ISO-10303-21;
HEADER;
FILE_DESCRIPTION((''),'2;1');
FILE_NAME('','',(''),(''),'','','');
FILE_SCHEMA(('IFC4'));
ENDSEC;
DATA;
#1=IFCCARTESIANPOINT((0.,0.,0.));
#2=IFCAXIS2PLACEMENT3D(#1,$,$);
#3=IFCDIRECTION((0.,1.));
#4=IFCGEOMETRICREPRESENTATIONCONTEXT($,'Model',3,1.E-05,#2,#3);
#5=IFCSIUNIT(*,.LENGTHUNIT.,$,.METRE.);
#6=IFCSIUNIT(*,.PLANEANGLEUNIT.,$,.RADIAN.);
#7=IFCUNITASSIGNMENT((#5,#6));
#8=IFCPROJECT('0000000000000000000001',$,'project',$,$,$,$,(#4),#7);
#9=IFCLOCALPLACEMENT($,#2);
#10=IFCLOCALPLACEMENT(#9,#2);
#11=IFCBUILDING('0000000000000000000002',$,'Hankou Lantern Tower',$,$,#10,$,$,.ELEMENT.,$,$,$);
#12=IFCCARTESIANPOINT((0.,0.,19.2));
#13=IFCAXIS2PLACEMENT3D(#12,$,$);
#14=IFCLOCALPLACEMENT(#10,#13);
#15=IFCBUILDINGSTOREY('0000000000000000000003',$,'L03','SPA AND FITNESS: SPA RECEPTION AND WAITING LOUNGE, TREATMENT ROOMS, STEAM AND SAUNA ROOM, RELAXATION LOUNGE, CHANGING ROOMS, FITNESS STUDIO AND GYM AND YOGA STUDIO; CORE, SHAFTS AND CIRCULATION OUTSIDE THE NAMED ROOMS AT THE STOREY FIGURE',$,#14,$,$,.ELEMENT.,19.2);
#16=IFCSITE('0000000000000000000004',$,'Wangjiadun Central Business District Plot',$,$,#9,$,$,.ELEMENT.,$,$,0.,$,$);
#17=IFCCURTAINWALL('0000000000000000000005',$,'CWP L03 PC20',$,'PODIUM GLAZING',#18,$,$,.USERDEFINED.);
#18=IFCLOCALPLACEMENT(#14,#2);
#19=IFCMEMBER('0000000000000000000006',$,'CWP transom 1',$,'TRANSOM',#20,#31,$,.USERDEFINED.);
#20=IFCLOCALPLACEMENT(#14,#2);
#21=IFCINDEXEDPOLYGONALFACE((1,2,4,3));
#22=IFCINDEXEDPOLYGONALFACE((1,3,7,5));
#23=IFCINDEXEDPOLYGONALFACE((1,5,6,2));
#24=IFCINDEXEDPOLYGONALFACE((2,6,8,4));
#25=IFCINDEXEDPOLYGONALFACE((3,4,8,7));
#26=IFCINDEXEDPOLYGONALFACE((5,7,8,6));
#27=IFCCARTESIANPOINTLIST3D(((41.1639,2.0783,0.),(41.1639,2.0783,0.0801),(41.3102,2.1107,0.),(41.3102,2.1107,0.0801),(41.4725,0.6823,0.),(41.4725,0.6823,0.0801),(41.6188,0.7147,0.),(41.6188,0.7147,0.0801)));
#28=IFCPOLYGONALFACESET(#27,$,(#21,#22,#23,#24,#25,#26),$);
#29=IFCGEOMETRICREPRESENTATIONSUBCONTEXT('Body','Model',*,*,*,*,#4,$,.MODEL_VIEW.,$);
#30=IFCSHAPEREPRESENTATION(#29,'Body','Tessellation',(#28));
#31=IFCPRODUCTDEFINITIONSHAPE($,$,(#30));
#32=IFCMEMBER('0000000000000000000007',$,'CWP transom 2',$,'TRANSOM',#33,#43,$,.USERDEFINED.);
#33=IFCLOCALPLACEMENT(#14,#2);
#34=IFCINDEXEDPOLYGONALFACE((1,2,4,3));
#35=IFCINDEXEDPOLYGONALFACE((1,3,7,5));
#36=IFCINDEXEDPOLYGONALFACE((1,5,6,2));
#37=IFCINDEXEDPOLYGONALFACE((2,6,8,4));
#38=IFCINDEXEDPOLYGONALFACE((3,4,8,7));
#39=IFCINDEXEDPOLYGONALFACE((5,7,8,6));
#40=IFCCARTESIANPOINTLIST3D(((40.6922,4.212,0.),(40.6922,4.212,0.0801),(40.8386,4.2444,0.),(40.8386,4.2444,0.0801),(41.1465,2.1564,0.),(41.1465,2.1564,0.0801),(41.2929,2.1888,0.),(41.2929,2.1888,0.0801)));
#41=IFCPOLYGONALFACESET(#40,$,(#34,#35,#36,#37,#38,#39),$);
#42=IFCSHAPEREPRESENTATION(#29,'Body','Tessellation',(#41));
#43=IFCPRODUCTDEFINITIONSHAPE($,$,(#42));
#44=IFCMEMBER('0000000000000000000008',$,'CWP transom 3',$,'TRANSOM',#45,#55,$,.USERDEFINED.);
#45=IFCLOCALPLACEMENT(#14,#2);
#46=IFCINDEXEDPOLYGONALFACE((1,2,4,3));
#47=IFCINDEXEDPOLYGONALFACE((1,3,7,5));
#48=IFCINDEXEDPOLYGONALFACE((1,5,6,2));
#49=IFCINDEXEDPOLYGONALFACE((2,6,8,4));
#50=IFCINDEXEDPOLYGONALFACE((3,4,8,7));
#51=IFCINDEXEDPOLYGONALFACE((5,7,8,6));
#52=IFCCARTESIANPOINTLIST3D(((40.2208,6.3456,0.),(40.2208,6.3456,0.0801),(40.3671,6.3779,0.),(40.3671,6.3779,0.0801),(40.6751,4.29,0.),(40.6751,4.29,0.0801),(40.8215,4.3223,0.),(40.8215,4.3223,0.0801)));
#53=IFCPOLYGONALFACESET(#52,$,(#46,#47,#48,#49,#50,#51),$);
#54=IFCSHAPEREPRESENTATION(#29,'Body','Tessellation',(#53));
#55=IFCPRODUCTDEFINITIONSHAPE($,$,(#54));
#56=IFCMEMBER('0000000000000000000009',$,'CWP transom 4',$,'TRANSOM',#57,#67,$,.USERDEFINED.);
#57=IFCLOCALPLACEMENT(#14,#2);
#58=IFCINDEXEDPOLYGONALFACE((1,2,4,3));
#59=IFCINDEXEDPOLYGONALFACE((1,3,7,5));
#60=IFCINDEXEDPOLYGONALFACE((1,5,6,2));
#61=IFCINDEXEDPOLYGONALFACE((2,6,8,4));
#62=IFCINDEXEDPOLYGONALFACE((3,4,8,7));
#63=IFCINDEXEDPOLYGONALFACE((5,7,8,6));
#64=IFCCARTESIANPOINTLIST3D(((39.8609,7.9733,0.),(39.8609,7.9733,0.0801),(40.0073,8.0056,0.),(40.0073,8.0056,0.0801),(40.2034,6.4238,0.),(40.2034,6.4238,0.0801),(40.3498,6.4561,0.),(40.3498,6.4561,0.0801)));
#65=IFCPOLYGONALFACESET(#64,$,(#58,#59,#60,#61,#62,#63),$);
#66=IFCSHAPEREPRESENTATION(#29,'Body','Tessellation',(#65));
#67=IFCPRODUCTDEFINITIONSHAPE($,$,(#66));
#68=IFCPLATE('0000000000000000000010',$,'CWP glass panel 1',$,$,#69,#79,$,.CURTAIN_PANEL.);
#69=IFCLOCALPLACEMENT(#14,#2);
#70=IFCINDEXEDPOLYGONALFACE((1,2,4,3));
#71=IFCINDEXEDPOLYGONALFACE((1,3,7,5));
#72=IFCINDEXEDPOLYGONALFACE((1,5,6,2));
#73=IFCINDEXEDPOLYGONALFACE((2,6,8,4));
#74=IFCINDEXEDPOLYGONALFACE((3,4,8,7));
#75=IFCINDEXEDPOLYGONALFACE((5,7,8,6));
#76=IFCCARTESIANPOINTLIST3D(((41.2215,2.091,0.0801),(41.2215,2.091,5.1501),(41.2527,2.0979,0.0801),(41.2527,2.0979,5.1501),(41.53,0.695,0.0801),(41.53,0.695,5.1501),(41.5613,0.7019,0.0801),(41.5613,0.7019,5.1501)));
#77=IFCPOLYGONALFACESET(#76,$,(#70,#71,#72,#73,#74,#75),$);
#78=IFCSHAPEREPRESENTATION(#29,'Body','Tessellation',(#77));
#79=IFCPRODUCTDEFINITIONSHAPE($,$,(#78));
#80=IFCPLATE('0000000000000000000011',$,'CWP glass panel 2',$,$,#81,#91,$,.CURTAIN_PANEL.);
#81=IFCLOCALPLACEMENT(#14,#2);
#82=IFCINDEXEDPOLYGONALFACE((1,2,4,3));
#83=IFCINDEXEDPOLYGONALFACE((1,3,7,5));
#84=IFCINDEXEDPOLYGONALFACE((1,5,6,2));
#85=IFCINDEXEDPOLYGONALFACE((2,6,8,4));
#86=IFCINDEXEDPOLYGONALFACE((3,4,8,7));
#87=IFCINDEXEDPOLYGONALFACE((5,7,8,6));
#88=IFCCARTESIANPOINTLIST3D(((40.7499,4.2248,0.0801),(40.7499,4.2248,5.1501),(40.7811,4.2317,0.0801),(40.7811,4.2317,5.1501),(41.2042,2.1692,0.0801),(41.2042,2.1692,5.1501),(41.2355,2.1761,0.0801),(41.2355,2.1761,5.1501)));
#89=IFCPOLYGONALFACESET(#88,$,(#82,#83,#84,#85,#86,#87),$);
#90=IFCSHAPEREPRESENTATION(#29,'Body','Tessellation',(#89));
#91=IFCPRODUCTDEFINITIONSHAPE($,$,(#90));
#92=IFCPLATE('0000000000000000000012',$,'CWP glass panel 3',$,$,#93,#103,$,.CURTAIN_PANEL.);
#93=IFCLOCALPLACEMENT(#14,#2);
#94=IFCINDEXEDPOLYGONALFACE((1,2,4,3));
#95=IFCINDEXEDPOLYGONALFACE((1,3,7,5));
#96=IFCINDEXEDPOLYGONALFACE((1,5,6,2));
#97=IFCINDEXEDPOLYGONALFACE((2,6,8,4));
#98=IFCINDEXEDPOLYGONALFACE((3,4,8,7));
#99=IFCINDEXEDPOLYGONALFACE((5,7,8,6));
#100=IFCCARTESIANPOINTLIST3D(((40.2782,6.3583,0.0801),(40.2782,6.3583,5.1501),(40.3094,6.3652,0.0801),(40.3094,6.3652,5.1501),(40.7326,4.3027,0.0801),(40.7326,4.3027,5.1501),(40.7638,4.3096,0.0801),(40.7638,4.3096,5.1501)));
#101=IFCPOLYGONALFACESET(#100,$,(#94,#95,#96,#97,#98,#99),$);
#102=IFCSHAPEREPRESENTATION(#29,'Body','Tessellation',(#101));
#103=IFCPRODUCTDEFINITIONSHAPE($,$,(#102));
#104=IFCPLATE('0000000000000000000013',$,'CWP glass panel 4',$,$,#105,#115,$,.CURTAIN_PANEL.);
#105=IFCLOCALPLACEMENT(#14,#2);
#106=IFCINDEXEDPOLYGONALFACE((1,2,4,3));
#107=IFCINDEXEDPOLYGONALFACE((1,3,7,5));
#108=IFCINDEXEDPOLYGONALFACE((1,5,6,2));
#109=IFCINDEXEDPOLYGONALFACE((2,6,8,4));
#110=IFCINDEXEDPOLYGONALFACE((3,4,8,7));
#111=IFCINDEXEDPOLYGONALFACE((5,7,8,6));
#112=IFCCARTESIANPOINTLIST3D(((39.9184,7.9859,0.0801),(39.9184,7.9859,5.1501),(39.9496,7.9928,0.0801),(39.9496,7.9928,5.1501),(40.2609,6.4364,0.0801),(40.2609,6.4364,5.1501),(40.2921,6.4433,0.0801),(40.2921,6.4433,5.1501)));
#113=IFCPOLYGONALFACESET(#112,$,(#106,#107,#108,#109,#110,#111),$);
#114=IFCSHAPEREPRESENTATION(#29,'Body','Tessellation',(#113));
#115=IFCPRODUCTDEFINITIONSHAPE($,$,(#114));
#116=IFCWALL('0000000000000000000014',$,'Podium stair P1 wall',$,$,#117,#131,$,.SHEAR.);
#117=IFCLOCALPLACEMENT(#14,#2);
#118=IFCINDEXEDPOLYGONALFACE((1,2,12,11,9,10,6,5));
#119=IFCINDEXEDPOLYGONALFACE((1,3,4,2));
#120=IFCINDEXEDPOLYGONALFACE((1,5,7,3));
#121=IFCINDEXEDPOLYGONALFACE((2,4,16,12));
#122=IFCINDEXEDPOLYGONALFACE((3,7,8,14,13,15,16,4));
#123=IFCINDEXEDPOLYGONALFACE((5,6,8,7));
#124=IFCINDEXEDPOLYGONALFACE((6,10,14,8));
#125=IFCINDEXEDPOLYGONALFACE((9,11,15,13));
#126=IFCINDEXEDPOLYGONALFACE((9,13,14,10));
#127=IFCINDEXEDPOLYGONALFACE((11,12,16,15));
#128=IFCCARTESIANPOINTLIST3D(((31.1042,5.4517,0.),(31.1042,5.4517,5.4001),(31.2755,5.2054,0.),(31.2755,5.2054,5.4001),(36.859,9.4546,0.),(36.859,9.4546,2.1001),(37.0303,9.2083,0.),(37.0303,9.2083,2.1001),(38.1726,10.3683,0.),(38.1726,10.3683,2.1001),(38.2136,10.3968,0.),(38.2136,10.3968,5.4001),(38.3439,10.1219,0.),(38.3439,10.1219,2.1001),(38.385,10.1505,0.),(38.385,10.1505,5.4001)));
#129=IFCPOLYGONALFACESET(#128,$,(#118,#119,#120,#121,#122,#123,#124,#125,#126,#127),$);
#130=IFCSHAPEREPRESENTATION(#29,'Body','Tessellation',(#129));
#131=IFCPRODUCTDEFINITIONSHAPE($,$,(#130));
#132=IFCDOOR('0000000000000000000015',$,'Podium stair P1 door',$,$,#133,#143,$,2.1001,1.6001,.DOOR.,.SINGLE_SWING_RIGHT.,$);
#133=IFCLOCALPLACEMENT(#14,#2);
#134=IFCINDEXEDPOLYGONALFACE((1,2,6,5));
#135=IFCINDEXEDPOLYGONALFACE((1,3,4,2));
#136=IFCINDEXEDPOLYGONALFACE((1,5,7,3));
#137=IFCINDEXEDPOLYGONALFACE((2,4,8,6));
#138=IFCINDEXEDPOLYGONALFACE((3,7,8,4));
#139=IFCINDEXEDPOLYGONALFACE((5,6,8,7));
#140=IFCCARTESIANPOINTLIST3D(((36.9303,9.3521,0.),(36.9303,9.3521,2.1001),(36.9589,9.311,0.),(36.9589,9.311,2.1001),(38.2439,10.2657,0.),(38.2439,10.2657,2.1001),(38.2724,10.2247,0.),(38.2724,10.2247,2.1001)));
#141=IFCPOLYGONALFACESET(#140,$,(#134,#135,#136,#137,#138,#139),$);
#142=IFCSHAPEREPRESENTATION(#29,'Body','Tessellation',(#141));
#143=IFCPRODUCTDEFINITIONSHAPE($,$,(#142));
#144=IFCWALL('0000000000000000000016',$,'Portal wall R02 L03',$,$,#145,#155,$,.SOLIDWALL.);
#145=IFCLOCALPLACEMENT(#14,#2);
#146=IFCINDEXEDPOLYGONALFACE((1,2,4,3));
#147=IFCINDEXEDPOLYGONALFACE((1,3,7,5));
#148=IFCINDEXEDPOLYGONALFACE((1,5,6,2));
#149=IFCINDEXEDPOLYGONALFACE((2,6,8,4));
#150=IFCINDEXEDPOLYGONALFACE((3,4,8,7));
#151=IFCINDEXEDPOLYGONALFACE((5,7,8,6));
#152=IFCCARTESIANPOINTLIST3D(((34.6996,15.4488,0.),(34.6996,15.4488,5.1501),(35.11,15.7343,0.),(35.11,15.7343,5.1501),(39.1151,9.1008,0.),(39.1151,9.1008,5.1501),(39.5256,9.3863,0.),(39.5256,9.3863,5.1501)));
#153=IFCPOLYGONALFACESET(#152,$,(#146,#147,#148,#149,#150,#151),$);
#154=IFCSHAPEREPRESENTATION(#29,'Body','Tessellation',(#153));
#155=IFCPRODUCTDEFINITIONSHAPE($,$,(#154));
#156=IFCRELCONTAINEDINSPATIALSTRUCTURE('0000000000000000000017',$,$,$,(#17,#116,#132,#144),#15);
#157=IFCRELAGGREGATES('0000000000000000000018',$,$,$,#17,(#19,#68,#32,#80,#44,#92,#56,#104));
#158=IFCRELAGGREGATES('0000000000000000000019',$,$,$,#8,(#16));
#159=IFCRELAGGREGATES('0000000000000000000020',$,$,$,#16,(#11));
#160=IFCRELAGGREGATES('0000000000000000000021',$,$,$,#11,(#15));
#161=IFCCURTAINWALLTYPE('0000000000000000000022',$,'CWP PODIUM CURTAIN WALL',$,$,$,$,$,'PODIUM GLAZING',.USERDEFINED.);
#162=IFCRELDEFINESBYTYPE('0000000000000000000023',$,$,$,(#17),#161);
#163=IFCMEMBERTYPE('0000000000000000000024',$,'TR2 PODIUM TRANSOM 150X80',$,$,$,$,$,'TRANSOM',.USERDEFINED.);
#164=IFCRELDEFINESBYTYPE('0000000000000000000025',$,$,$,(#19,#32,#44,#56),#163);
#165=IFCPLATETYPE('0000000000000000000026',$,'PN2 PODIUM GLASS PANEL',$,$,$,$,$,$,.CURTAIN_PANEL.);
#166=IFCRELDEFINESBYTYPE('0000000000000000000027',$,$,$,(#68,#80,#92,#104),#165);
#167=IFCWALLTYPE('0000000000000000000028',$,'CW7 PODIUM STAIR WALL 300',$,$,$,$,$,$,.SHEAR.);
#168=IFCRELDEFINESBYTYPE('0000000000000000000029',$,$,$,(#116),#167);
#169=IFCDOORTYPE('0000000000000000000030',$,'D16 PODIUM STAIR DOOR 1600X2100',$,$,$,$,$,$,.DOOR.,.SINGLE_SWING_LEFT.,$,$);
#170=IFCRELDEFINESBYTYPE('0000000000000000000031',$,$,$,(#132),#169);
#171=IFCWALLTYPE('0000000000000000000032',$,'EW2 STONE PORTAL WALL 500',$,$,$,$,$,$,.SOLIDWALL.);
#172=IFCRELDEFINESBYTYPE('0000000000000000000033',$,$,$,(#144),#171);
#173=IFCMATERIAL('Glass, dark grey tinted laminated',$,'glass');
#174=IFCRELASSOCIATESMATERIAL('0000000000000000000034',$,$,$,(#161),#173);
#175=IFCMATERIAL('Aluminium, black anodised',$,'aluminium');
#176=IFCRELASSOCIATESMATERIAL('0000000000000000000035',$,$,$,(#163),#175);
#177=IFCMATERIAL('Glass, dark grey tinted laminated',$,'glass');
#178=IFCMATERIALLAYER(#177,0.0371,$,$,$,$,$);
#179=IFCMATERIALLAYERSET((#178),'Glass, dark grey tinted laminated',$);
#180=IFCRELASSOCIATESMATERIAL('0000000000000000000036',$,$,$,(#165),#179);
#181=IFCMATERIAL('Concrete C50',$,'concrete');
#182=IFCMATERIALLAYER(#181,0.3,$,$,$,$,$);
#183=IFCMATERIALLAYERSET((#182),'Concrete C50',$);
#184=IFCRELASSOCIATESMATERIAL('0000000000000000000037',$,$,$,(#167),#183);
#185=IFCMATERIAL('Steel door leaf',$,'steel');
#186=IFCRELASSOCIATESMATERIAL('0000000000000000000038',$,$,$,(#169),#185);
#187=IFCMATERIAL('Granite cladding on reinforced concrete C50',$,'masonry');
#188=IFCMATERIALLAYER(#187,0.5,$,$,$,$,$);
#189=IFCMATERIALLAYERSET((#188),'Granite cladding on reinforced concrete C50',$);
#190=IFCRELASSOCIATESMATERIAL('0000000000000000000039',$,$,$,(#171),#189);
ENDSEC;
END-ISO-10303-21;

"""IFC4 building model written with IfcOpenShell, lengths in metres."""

from ifc_helpers import new_model, si_unit, direction, frame, frame_2d, origin, origin_2d, place, context, subcontext, project, spatial, rectangle, extrude, material, layer, layer_set, material_profile, profile_set, type_object, element, fill, aggregate, save


model = new_model("IFC4")

# Units and contexts
model_context = context("Model", 3, precision=1e-05, world=origin(), true_north=direction((0.0, 1.0)))
body_context = subcontext(model_context, "Body", "Model", "MODEL_VIEW")
ifc_project = project(units=[si_unit("LENGTHUNIT", "METRE"), si_unit("PLANEANGLEUNIT", "RADIAN")], contexts=[model_context])

# Site, building, storey
site_placement = place(None, origin())
site = spatial("IfcSite", under=ifc_project, at=site_placement, Name="Wangjiadun Central Business District Plot", CompositionType="ELEMENT", RefElevation=0.0)
building_placement = place(site_placement, origin())
building = spatial("IfcBuilding", under=site, at=building_placement, Name="Hankou Lantern Tower", CompositionType="ELEMENT")
storey_placement = place(building_placement, frame((0.0, 0.0, 19.2)))
storey = spatial("IfcBuildingStorey", under=building, at=storey_placement, Name="L03", Description="SPA AND FITNESS: SPA RECEPTION AND WAITING LOUNGE, TREATMENT ROOMS, STEAM AND SAUNA ROOM, RELAXATION LOUNGE, CHANGING ROOMS, FITNESS STUDIO AND GYM AND YOGA STUDIO; CORE, SHAFTS AND CIRCULATION OUTSIDE THE NAMED ROOMS AT THE STOREY FIGURE", CompositionType="ELEMENT", Elevation=19.2)

# Curtain wall
ifc_material_1 = material(Name="Glass, dark grey tinted laminated", Category="glass")
curtain_wall_type = type_object("IfcCurtainWallType", Name="CWP PODIUM CURTAIN WALL", ElementType="PODIUM GLAZING", PredefinedType="USERDEFINED", material=ifc_material_1)
curtain_wall_placement = place(storey_placement, origin())
curtain_wall = element("IfcCurtainWall", 1, at=curtain_wall_placement, inside=storey, type_object=curtain_wall_type, Name="CWP L03 PC20", ObjectType="PODIUM GLAZING", PredefinedType="USERDEFINED")

# Members
ifc_material_2 = material(Name="Aluminium, black anodised", Category="aluminium")
ifc_material_profile_1 = material_profile(ifc_material_2, rectangle(XDim=0.1499, YDim=0.0801, at=origin_2d()), Name="TR2 150X80")
ifc_profile_set_1 = profile_set([ifc_material_profile_1], Name="Aluminium, black anodised")
member_type_1 = type_object("IfcMemberType", Name="TR2 PODIUM TRANSOM 150X80", ElementType="TRANSOM", PredefinedType="USERDEFINED", material=ifc_profile_set_1)
member_1_placement = place(storey_placement, frame((41.5457, 0.6985, 0.04), z_axis=(-0.215845, 0.976428, 0.0), x_axis=(-0.976428, -0.215845, 0.0)))
member_1 = element("IfcMember", 2, at=member_1_placement, type_object=member_type_1, Name="CWP transom 1", ObjectType="TRANSOM", PredefinedType="USERDEFINED", context=body_context, shape_type="SweptSolid", body=[
    extrude(rectangle(XDim=0.1499, YDim=0.0801, at=origin_2d()), origin(), (0.0, 0.0, 1.0), 1.4297),
])
member_2_placement = place(storey_placement, frame((41.2197, 2.1726, 0.04), z_axis=(-0.215813, 0.976435, 0.0), x_axis=(-0.976435, -0.215813, 0.0)))
member_2 = element("IfcMember", 3, at=member_2_placement, type_object=member_type_1, Name="CWP transom 2", ObjectType="TRANSOM", PredefinedType="USERDEFINED", context=body_context, shape_type="SweptSolid", body=[
    extrude(rectangle(XDim=0.1499, YDim=0.0801, at=origin_2d()), origin(), (0.0, 0.0, 1.0), 2.1052),
])
member_3_placement = place(storey_placement, frame((40.7483, 4.3062, 0.04), z_axis=(-0.215813, 0.976435, 0.0), x_axis=(-0.976435, -0.215813, 0.0)))
member_3 = element("IfcMember", 4, at=member_3_placement, type_object=member_type_1, Name="CWP transom 3", ObjectType="TRANSOM", PredefinedType="USERDEFINED", context=body_context, shape_type="SweptSolid", body=[
    extrude(rectangle(XDim=0.1499, YDim=0.0801, at=origin_2d()), origin(), (0.0, 0.0, 1.0), 2.1052),
])
member_4_placement = place(storey_placement, frame((40.2766, 6.4399, 0.04), z_axis=(-0.215839, 0.976429, 0.0), x_axis=(-0.976429, -0.215839, 0.0)))
member_4 = element("IfcMember", 5, at=member_4_placement, type_object=member_type_1, Name="CWP transom 4", ObjectType="TRANSOM", PredefinedType="USERDEFINED", context=body_context, shape_type="SweptSolid", body=[
    extrude(rectangle(XDim=0.1499, YDim=0.0801, at=origin_2d()), origin(), (0.0, 0.0, 1.0), 1.5869),
])

# Plates
ifc_material_3 = material(Name="Glass, dark grey tinted laminated", Category="glass")
ifc_layer_1 = layer(ifc_material_3, 0.0371)
ifc_layer_set_1 = layer_set([ifc_layer_1], Name="Glass, dark grey tinted laminated")
plate_type = type_object("IfcPlateType", Name="PN2 PODIUM GLASS PANEL", PredefinedType="CURTAIN_PANEL", material=ifc_layer_set_1)
plate_1_placement = place(storey_placement, frame((41.3914, 1.3965, 0.0801), z_axis=(0.0, 0.0, 1.0), x_axis=(-0.215821, 0.976433, 0.0)))
plate_1 = element("IfcPlate", 6, at=plate_1_placement, type_object=plate_type, Name="CWP glass panel 1", PredefinedType="CURTAIN_PANEL", context=body_context, shape_type="SweptSolid", body=[
    extrude(rectangle(XDim=1.4297, YDim=0.032, at=origin_2d()), origin(), (0.0, 0.0, 1.0), 5.0701),
])
plate_2_placement = place(storey_placement, frame((40.9927, 3.2004, 0.0801), z_axis=(0.0, 0.0, 1.0), x_axis=(-0.215821, 0.976433, 0.0)))
plate_2 = element("IfcPlate", 7, at=plate_2_placement, type_object=plate_type, Name="CWP glass panel 2", PredefinedType="CURTAIN_PANEL", context=body_context, shape_type="SweptSolid", body=[
    extrude(rectangle(XDim=2.1052, YDim=0.032, at=origin_2d()), origin(), (0.0, 0.0, 1.0), 5.0701),
])
plate_3_placement = place(storey_placement, frame((40.521, 5.334, 0.0801), z_axis=(0.0, 0.0, 1.0), x_axis=(-0.215821, 0.976433, 0.0)))
plate_3 = element("IfcPlate", 8, at=plate_3_placement, type_object=plate_type, Name="CWP glass panel 3", PredefinedType="CURTAIN_PANEL", context=body_context, shape_type="SweptSolid", body=[
    extrude(rectangle(XDim=2.1052, YDim=0.032, at=origin_2d()), origin(), (0.0, 0.0, 1.0), 5.0701),
])
plate_4_placement = place(storey_placement, frame((40.1052, 7.2146, 0.0801), z_axis=(0.0, 0.0, 1.0), x_axis=(-0.215821, 0.976433, 0.0)))
plate_4 = element("IfcPlate", 9, at=plate_4_placement, type_object=plate_type, Name="CWP glass panel 4", PredefinedType="CURTAIN_PANEL", context=body_context, shape_type="SweptSolid", body=[
    extrude(rectangle(XDim=1.5869, YDim=0.032, at=origin_2d()), origin(), (0.0, 0.0, 1.0), 5.0701),
])
aggregate(curtain_wall, [member_1, plate_1, member_2, plate_2, member_3, plate_3, member_4, plate_4])

# Wall, opening, door
ifc_material_4 = material(Name="Concrete C50", Category="concrete")
ifc_layer_2 = layer(ifc_material_4, 0.3)
ifc_layer_set_2 = layer_set([ifc_layer_2], Name="Concrete C50")
wall_type_1 = type_object("IfcWallType", Name="CW7 PODIUM STAIR WALL 300", PredefinedType="SHEAR", material=ifc_layer_set_2)
wall_1_placement = place(storey_placement, frame((38.2993, 10.2737, 0.0), z_axis=(0.0, 0.0, 1.0), x_axis=(-0.820937, -0.571019, 0.0)))
wall_1 = element("IfcWall", 10, at=wall_1_placement, inside=storey, type_object=wall_type_1, Name="Podium stair P1 wall", PredefinedType="SHEAR", context=body_context, shape_type="SweptSolid", body=[
    extrude(rectangle(XDim=8.6602, YDim=0.3, at=frame_2d((4.3301, 0.0))), origin(), (0.0, 0.0, 1.0), 5.4001),
])
opening_placement = place(wall_1_placement, frame((0.05, 0.0, 0.0)))
opening = element("IfcOpeningElement", 11, at=opening_placement, cuts=wall_1, PredefinedType="OPENING", context=body_context, shape_type="SweptSolid", body=[
    extrude(rectangle(XDim=1.6001, YDim=2.1001, at=frame_2d((0.8, 1.05))), frame((0.0, 0.1599, 0.0), z_axis=(0.0, -1.0, 0.0), x_axis=(1.0, 0.0, 0.0)), (0.0, 0.0, 1.0), 0.3201),
])
ifc_material_5 = material(Name="Steel door leaf", Category="steel")
door_type = type_object("IfcDoorType", Name="D16 PODIUM STAIR DOOR 1600X2100", OperationType="SINGLE_SWING_LEFT", PredefinedType="DOOR", material=ifc_material_5)
door_placement = place(opening_placement, origin())
door = element("IfcDoor", 12, at=door_placement, inside=storey, type_object=door_type, Name="Podium stair P1 door", OperationType="SINGLE_SWING_RIGHT", OverallHeight=2.1001, OverallWidth=1.6001, PredefinedType="DOOR", context=body_context, shape_type="SweptSolid", body=[
    extrude(rectangle(XDim=1.6001, YDim=2.1001, at=frame_2d((0.8, 1.05))), frame((0.0, 0.0249, 0.0), z_axis=(0.0, -1.0, 0.0), x_axis=(1.0, 0.0, 0.0)), (0.0, 0.0, 1.0), 0.05),
])
fill(opening, door)

# Wall
ifc_material_6 = material(Name="Granite cladding on reinforced concrete C50", Category="masonry")
ifc_layer_3 = layer(ifc_material_6, 0.5)
ifc_layer_set_3 = layer_set([ifc_layer_3], Name="Granite cladding on reinforced concrete C50")
wall_type_2 = type_object("IfcWallType", Name="EW2 STONE PORTAL WALL 500", PredefinedType="SOLIDWALL", material=ifc_layer_set_3)
wall_2_placement = place(storey_placement, frame((39.3203, 9.2437, 0.0), z_axis=(0.0, 0.0, 1.0), x_axis=(-0.571029, 0.82093, 0.0)))
element("IfcWall", 13, at=wall_2_placement, inside=storey, type_object=wall_type_2, Name="Portal wall R02 L03", PredefinedType="SOLIDWALL", context=body_context, shape_type="SweptSolid", body=[
    extrude(rectangle(XDim=7.7327, YDim=0.5, at=frame_2d((3.8662, 0.0))), origin(), (0.0, 0.0, 1.0), 5.1501),
])

save(model, "model.ifc")
